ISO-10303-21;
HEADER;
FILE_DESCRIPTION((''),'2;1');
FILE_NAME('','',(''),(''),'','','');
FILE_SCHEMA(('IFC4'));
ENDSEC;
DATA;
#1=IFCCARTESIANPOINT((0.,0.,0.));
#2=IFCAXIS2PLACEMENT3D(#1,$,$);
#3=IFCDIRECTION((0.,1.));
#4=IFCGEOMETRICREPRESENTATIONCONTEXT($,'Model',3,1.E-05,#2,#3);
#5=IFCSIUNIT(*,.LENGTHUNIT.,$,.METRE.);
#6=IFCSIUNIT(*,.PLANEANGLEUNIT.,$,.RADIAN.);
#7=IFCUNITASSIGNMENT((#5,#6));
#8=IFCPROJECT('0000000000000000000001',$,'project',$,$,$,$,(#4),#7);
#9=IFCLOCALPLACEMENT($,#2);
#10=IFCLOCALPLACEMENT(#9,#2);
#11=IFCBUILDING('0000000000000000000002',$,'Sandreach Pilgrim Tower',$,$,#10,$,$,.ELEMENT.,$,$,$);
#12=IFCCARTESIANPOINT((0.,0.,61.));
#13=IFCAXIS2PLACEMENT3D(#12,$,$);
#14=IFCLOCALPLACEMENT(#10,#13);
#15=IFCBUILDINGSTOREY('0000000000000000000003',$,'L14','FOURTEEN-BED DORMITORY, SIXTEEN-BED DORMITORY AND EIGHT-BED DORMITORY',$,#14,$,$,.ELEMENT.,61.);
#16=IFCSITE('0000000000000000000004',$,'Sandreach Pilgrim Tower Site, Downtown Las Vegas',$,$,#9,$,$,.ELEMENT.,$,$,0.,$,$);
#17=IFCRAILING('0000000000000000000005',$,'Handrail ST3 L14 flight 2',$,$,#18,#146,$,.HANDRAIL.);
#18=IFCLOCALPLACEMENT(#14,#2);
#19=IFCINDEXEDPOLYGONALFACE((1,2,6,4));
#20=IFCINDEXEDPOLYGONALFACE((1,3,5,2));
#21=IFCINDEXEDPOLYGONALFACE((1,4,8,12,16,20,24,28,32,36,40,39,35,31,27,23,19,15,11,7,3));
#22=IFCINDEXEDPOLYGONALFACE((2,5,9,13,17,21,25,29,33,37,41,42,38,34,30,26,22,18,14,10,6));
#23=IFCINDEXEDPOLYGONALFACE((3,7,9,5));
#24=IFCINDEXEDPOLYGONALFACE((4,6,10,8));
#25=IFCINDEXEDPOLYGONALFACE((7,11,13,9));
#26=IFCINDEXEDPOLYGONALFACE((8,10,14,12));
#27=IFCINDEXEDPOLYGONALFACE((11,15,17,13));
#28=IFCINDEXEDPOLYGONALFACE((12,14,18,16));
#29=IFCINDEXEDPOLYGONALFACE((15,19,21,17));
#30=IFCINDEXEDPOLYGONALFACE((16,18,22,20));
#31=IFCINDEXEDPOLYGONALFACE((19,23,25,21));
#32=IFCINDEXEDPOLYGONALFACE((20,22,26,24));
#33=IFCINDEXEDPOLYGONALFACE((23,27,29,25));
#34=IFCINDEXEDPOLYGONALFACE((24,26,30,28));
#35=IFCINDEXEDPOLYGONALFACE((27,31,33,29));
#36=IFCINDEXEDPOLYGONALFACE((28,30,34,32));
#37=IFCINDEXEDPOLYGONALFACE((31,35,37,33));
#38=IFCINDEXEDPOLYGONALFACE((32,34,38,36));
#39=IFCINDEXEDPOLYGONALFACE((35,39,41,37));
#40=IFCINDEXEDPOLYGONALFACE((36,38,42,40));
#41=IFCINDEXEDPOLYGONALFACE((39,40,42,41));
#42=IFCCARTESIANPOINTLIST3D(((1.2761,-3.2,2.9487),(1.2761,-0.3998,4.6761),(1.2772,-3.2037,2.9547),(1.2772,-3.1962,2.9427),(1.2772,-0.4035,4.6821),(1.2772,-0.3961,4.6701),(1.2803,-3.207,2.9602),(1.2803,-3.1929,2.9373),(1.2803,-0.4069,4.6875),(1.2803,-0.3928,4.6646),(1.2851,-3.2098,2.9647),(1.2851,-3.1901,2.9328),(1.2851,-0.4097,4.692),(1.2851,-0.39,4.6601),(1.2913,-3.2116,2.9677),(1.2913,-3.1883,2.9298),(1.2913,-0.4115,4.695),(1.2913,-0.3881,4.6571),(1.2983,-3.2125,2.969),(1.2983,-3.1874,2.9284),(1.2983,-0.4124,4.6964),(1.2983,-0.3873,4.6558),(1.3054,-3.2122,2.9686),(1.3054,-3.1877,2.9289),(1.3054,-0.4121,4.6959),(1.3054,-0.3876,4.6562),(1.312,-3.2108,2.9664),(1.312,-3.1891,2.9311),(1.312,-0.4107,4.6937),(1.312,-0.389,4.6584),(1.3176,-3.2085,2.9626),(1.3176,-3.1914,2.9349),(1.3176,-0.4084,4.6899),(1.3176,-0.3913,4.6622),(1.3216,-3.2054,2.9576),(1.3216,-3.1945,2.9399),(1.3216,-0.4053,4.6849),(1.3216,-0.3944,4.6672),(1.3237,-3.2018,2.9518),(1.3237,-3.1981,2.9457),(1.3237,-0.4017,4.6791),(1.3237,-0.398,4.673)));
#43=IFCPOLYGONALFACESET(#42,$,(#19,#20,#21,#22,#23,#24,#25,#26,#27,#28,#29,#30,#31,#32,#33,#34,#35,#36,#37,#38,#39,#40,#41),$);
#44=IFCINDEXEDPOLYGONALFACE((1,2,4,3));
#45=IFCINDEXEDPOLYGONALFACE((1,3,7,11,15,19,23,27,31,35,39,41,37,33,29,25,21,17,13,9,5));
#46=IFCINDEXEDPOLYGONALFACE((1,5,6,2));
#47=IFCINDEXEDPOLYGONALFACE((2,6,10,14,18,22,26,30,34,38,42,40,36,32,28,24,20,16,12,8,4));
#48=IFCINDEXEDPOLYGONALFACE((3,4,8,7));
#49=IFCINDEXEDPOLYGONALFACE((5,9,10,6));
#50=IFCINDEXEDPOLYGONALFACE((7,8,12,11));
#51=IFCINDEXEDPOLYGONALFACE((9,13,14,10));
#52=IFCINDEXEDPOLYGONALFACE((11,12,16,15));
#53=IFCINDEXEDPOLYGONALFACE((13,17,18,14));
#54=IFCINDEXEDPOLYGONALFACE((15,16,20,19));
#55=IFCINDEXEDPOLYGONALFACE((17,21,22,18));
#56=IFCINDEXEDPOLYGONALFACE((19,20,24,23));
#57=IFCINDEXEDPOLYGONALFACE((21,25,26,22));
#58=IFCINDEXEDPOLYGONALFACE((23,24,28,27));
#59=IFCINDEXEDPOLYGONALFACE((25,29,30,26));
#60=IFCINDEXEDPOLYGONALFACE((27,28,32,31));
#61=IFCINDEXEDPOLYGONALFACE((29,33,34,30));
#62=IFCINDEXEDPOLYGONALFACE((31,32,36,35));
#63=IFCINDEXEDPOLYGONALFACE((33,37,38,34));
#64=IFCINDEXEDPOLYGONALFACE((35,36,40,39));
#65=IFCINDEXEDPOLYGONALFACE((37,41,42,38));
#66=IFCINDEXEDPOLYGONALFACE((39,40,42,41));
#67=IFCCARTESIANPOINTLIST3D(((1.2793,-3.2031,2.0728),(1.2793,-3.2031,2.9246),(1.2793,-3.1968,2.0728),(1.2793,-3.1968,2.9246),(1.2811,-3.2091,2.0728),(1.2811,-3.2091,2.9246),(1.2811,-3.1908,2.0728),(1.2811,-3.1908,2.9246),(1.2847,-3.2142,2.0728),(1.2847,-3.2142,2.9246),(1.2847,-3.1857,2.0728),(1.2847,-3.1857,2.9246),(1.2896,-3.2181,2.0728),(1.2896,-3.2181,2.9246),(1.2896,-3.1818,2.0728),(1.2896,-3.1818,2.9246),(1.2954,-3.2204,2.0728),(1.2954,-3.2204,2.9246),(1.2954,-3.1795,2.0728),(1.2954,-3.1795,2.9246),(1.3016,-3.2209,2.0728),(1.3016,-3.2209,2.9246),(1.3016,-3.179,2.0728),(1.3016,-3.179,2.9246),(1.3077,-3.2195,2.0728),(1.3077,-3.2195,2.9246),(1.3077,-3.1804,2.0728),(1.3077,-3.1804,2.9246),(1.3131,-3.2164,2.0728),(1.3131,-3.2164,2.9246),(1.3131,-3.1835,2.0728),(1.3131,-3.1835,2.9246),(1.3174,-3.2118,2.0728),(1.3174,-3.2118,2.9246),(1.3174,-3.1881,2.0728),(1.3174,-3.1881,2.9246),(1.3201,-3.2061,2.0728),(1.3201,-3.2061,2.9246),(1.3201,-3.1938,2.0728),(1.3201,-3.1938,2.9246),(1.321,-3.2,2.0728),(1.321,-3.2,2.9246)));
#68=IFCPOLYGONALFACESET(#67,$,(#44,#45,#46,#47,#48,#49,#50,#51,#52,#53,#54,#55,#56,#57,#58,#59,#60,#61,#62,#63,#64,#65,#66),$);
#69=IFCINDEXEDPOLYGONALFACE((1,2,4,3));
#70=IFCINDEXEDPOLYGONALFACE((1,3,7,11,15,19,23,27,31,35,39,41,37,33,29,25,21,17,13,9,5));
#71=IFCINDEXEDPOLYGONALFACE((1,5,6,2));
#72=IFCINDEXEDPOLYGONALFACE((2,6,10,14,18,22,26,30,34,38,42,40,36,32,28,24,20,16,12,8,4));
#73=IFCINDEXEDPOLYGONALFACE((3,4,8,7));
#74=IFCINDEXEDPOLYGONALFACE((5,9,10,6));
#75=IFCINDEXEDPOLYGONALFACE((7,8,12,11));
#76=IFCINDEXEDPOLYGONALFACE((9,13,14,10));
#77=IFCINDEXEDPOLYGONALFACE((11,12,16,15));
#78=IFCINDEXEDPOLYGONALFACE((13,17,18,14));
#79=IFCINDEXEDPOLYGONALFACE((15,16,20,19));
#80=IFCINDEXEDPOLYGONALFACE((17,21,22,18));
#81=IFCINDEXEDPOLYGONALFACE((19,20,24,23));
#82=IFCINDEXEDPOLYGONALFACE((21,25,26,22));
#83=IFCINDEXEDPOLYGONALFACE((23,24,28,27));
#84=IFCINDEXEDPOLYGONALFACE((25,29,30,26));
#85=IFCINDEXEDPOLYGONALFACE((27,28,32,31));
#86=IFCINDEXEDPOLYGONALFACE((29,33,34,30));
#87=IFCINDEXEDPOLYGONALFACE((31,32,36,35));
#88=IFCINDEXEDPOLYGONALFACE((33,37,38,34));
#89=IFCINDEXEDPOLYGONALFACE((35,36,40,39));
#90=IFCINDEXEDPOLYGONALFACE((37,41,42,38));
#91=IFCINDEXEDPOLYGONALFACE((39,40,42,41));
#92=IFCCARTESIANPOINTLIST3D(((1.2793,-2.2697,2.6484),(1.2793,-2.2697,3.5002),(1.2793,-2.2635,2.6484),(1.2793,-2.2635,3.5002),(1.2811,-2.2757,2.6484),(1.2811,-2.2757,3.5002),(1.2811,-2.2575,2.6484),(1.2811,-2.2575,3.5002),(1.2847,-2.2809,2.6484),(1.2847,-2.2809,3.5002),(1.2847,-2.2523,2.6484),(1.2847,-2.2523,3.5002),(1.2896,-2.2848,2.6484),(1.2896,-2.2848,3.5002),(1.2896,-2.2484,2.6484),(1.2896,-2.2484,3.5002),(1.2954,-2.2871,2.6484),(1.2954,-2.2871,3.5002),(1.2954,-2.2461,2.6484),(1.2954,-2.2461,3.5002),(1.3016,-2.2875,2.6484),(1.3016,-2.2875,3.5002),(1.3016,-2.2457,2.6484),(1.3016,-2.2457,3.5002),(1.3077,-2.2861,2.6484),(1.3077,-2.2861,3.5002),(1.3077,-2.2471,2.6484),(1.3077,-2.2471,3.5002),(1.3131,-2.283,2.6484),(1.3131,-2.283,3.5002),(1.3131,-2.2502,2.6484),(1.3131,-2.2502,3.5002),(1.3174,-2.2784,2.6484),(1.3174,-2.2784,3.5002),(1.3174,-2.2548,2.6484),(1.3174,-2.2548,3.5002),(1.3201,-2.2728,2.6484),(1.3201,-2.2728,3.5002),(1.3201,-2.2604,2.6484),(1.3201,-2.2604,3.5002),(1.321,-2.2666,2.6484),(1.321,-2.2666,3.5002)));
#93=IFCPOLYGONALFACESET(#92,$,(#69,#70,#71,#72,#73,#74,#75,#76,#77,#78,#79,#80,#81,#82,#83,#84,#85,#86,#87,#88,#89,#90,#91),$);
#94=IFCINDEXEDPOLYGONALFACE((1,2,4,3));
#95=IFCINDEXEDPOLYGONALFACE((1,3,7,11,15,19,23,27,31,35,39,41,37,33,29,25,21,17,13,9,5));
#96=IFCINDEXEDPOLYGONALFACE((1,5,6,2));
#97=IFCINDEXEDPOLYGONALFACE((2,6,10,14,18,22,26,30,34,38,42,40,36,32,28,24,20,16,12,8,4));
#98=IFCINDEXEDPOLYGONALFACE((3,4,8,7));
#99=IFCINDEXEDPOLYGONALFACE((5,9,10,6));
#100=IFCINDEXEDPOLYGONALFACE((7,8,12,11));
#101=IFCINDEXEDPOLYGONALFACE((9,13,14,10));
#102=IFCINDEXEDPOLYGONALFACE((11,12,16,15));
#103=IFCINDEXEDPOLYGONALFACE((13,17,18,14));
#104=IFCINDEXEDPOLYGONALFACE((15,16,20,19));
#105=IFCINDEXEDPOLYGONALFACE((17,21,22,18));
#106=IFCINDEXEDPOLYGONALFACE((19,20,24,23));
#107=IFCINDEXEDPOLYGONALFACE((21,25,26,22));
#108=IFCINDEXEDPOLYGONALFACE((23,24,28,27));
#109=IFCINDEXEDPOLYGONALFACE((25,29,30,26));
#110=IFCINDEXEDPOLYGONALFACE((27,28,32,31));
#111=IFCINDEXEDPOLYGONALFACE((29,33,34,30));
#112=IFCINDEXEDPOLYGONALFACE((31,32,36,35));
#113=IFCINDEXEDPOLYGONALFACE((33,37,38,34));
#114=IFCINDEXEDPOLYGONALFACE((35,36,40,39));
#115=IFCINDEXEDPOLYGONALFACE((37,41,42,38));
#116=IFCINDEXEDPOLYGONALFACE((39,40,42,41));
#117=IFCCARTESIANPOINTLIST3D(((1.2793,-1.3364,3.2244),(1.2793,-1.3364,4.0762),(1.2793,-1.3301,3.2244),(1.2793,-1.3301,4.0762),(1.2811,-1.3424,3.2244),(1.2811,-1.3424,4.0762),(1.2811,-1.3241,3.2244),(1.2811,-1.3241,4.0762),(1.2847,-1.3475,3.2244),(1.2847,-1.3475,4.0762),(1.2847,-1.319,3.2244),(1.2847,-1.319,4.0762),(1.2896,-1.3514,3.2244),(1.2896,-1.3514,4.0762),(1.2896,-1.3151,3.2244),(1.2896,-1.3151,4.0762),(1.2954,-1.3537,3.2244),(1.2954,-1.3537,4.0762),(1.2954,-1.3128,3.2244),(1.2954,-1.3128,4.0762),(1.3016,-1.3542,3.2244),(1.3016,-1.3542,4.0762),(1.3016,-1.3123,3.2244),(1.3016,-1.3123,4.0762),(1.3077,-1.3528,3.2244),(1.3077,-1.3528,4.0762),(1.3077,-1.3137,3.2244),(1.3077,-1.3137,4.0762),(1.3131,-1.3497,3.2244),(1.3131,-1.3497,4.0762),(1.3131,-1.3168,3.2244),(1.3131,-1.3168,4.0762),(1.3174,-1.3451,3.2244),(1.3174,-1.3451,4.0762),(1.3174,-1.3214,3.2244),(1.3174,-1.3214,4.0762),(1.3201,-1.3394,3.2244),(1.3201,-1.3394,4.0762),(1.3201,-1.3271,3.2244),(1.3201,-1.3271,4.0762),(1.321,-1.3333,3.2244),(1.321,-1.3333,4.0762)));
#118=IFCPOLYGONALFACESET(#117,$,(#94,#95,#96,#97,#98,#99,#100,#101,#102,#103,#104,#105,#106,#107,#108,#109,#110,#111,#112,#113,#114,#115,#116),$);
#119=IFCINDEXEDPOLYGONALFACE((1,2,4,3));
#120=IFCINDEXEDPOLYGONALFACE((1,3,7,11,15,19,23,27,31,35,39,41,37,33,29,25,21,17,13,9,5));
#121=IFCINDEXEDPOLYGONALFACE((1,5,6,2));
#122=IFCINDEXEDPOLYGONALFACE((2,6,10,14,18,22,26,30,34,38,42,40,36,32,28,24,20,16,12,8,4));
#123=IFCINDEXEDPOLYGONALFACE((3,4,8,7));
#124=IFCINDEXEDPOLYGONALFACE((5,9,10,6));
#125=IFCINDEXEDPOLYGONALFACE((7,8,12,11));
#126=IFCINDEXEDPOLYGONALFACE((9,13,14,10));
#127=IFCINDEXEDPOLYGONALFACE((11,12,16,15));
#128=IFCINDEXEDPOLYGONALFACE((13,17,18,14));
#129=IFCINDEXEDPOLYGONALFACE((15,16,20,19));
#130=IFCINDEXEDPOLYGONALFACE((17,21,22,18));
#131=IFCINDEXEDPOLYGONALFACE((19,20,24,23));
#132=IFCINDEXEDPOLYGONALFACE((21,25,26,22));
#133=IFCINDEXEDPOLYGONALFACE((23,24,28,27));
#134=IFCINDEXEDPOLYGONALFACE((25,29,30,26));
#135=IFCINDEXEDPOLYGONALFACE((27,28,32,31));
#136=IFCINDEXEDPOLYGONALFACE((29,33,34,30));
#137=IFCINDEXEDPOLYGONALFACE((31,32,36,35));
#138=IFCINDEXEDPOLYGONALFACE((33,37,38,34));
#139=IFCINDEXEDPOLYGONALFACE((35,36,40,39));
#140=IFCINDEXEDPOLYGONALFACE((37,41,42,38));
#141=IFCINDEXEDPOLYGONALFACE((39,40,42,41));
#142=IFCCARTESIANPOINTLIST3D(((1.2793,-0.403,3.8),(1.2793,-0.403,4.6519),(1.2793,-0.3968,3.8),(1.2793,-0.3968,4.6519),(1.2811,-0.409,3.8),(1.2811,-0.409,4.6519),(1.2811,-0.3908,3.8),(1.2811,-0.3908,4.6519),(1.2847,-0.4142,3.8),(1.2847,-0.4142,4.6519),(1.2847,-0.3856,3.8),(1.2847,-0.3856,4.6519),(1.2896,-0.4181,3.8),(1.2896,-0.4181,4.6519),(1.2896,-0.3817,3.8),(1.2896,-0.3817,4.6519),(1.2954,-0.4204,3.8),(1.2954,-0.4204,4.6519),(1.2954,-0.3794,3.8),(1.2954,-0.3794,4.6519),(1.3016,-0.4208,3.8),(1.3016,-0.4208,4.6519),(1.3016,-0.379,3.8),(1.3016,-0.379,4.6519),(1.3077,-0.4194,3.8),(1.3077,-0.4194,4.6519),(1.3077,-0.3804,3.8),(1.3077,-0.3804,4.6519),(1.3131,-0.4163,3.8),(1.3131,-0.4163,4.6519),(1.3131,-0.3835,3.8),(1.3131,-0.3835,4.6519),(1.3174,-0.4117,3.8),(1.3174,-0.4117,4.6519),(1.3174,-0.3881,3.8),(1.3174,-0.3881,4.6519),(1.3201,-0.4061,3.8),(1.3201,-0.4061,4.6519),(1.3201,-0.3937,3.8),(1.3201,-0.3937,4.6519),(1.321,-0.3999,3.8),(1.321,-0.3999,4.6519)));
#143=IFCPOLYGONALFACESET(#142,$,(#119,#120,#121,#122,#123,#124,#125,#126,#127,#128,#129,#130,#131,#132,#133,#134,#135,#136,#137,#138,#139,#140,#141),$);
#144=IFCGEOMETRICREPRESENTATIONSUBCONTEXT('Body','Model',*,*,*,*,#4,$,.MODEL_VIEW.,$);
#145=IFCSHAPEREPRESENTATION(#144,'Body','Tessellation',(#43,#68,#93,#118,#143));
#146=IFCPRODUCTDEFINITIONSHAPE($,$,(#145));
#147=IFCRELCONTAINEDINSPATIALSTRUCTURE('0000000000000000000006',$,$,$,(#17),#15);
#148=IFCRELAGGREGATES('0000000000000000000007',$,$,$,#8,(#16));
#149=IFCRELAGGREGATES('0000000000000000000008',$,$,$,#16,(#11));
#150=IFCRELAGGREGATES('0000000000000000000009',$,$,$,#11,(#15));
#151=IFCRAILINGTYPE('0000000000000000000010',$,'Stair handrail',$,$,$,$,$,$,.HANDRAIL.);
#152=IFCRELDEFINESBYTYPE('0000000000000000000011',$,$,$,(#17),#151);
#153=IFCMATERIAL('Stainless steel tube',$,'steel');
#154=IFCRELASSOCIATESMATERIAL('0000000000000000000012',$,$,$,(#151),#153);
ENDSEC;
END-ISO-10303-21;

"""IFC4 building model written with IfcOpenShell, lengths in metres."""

from ifc_helpers import new_model, si_unit, direction, frame, origin, origin_2d, place, context, subcontext, project, spatial, circle, extrude, material, type_object, element, save


model = new_model("IFC4")

# Units and contexts
model_context = context("Model", 3, precision=1e-05, world=origin(), true_north=direction((0.0, 1.0)))
body_context = subcontext(model_context, "Body", "Model", "MODEL_VIEW")
ifc_project = project(units=[si_unit("LENGTHUNIT", "METRE"), si_unit("PLANEANGLEUNIT", "RADIAN")], contexts=[model_context])

# Site, building, storey
site_placement = place(None, origin())
site = spatial("IfcSite", under=ifc_project, at=site_placement, Name="Sandreach Pilgrim Tower Site, Downtown Las Vegas", CompositionType="ELEMENT", RefElevation=0.0)
building_placement = place(site_placement, origin())
building = spatial("IfcBuilding", under=site, at=building_placement, Name="Sandreach Pilgrim Tower", CompositionType="ELEMENT")
storey_placement = place(building_placement, frame((0.0, 0.0, 61.0)))
storey = spatial("IfcBuildingStorey", under=building, at=storey_placement, Name="L14", Description="FOURTEEN-BED DORMITORY, SIXTEEN-BED DORMITORY AND EIGHT-BED DORMITORY", CompositionType="ELEMENT", Elevation=61.0)

# Railing
ifc_material_1 = material(Name="Stainless steel tube", Category="steel")
railing_type = type_object("IfcRailingType", Name="Stair handrail", PredefinedType="HANDRAIL", material=ifc_material_1)
for number, where, name in (
    (1, (1.3, -3.2, 2.0728), "Handrail ST3 L14 flight 2"),
):
    element("IfcRailing", number, at=place(storey_placement, frame(where)), inside=storey, type_object=railing_type, Name=name, PredefinedType="HANDRAIL", context=body_context, shape_type="SweptSolid", body=[
        extrude(circle(Radius=0.0239, at=origin_2d()), frame((0.0, 0.0, 0.876), z_axis=(0.0, 0.85109, 0.52502), x_axis=(-1.0, 0.0, 0.0)), (0.0, 0.0, 1.0), 3.29),
        extrude(circle(Radius=0.021, at=origin_2d()), origin(), (0.0, 0.0, 1.0), 0.8518),
        extrude(circle(Radius=0.021, at=origin_2d()), frame((0.0, 0.9333, 0.5757)), (0.0, 0.0, 1.0), 0.8518),
        extrude(circle(Radius=0.021, at=origin_2d()), frame((0.0, 1.8667, 1.1516)), (0.0, 0.0, 1.0), 0.8518),
        extrude(circle(Radius=0.021, at=origin_2d()), frame((0.0, 2.8, 1.7273)), (0.0, 0.0, 1.0), 0.8518),
    ])

save(model, "model.ifc")
